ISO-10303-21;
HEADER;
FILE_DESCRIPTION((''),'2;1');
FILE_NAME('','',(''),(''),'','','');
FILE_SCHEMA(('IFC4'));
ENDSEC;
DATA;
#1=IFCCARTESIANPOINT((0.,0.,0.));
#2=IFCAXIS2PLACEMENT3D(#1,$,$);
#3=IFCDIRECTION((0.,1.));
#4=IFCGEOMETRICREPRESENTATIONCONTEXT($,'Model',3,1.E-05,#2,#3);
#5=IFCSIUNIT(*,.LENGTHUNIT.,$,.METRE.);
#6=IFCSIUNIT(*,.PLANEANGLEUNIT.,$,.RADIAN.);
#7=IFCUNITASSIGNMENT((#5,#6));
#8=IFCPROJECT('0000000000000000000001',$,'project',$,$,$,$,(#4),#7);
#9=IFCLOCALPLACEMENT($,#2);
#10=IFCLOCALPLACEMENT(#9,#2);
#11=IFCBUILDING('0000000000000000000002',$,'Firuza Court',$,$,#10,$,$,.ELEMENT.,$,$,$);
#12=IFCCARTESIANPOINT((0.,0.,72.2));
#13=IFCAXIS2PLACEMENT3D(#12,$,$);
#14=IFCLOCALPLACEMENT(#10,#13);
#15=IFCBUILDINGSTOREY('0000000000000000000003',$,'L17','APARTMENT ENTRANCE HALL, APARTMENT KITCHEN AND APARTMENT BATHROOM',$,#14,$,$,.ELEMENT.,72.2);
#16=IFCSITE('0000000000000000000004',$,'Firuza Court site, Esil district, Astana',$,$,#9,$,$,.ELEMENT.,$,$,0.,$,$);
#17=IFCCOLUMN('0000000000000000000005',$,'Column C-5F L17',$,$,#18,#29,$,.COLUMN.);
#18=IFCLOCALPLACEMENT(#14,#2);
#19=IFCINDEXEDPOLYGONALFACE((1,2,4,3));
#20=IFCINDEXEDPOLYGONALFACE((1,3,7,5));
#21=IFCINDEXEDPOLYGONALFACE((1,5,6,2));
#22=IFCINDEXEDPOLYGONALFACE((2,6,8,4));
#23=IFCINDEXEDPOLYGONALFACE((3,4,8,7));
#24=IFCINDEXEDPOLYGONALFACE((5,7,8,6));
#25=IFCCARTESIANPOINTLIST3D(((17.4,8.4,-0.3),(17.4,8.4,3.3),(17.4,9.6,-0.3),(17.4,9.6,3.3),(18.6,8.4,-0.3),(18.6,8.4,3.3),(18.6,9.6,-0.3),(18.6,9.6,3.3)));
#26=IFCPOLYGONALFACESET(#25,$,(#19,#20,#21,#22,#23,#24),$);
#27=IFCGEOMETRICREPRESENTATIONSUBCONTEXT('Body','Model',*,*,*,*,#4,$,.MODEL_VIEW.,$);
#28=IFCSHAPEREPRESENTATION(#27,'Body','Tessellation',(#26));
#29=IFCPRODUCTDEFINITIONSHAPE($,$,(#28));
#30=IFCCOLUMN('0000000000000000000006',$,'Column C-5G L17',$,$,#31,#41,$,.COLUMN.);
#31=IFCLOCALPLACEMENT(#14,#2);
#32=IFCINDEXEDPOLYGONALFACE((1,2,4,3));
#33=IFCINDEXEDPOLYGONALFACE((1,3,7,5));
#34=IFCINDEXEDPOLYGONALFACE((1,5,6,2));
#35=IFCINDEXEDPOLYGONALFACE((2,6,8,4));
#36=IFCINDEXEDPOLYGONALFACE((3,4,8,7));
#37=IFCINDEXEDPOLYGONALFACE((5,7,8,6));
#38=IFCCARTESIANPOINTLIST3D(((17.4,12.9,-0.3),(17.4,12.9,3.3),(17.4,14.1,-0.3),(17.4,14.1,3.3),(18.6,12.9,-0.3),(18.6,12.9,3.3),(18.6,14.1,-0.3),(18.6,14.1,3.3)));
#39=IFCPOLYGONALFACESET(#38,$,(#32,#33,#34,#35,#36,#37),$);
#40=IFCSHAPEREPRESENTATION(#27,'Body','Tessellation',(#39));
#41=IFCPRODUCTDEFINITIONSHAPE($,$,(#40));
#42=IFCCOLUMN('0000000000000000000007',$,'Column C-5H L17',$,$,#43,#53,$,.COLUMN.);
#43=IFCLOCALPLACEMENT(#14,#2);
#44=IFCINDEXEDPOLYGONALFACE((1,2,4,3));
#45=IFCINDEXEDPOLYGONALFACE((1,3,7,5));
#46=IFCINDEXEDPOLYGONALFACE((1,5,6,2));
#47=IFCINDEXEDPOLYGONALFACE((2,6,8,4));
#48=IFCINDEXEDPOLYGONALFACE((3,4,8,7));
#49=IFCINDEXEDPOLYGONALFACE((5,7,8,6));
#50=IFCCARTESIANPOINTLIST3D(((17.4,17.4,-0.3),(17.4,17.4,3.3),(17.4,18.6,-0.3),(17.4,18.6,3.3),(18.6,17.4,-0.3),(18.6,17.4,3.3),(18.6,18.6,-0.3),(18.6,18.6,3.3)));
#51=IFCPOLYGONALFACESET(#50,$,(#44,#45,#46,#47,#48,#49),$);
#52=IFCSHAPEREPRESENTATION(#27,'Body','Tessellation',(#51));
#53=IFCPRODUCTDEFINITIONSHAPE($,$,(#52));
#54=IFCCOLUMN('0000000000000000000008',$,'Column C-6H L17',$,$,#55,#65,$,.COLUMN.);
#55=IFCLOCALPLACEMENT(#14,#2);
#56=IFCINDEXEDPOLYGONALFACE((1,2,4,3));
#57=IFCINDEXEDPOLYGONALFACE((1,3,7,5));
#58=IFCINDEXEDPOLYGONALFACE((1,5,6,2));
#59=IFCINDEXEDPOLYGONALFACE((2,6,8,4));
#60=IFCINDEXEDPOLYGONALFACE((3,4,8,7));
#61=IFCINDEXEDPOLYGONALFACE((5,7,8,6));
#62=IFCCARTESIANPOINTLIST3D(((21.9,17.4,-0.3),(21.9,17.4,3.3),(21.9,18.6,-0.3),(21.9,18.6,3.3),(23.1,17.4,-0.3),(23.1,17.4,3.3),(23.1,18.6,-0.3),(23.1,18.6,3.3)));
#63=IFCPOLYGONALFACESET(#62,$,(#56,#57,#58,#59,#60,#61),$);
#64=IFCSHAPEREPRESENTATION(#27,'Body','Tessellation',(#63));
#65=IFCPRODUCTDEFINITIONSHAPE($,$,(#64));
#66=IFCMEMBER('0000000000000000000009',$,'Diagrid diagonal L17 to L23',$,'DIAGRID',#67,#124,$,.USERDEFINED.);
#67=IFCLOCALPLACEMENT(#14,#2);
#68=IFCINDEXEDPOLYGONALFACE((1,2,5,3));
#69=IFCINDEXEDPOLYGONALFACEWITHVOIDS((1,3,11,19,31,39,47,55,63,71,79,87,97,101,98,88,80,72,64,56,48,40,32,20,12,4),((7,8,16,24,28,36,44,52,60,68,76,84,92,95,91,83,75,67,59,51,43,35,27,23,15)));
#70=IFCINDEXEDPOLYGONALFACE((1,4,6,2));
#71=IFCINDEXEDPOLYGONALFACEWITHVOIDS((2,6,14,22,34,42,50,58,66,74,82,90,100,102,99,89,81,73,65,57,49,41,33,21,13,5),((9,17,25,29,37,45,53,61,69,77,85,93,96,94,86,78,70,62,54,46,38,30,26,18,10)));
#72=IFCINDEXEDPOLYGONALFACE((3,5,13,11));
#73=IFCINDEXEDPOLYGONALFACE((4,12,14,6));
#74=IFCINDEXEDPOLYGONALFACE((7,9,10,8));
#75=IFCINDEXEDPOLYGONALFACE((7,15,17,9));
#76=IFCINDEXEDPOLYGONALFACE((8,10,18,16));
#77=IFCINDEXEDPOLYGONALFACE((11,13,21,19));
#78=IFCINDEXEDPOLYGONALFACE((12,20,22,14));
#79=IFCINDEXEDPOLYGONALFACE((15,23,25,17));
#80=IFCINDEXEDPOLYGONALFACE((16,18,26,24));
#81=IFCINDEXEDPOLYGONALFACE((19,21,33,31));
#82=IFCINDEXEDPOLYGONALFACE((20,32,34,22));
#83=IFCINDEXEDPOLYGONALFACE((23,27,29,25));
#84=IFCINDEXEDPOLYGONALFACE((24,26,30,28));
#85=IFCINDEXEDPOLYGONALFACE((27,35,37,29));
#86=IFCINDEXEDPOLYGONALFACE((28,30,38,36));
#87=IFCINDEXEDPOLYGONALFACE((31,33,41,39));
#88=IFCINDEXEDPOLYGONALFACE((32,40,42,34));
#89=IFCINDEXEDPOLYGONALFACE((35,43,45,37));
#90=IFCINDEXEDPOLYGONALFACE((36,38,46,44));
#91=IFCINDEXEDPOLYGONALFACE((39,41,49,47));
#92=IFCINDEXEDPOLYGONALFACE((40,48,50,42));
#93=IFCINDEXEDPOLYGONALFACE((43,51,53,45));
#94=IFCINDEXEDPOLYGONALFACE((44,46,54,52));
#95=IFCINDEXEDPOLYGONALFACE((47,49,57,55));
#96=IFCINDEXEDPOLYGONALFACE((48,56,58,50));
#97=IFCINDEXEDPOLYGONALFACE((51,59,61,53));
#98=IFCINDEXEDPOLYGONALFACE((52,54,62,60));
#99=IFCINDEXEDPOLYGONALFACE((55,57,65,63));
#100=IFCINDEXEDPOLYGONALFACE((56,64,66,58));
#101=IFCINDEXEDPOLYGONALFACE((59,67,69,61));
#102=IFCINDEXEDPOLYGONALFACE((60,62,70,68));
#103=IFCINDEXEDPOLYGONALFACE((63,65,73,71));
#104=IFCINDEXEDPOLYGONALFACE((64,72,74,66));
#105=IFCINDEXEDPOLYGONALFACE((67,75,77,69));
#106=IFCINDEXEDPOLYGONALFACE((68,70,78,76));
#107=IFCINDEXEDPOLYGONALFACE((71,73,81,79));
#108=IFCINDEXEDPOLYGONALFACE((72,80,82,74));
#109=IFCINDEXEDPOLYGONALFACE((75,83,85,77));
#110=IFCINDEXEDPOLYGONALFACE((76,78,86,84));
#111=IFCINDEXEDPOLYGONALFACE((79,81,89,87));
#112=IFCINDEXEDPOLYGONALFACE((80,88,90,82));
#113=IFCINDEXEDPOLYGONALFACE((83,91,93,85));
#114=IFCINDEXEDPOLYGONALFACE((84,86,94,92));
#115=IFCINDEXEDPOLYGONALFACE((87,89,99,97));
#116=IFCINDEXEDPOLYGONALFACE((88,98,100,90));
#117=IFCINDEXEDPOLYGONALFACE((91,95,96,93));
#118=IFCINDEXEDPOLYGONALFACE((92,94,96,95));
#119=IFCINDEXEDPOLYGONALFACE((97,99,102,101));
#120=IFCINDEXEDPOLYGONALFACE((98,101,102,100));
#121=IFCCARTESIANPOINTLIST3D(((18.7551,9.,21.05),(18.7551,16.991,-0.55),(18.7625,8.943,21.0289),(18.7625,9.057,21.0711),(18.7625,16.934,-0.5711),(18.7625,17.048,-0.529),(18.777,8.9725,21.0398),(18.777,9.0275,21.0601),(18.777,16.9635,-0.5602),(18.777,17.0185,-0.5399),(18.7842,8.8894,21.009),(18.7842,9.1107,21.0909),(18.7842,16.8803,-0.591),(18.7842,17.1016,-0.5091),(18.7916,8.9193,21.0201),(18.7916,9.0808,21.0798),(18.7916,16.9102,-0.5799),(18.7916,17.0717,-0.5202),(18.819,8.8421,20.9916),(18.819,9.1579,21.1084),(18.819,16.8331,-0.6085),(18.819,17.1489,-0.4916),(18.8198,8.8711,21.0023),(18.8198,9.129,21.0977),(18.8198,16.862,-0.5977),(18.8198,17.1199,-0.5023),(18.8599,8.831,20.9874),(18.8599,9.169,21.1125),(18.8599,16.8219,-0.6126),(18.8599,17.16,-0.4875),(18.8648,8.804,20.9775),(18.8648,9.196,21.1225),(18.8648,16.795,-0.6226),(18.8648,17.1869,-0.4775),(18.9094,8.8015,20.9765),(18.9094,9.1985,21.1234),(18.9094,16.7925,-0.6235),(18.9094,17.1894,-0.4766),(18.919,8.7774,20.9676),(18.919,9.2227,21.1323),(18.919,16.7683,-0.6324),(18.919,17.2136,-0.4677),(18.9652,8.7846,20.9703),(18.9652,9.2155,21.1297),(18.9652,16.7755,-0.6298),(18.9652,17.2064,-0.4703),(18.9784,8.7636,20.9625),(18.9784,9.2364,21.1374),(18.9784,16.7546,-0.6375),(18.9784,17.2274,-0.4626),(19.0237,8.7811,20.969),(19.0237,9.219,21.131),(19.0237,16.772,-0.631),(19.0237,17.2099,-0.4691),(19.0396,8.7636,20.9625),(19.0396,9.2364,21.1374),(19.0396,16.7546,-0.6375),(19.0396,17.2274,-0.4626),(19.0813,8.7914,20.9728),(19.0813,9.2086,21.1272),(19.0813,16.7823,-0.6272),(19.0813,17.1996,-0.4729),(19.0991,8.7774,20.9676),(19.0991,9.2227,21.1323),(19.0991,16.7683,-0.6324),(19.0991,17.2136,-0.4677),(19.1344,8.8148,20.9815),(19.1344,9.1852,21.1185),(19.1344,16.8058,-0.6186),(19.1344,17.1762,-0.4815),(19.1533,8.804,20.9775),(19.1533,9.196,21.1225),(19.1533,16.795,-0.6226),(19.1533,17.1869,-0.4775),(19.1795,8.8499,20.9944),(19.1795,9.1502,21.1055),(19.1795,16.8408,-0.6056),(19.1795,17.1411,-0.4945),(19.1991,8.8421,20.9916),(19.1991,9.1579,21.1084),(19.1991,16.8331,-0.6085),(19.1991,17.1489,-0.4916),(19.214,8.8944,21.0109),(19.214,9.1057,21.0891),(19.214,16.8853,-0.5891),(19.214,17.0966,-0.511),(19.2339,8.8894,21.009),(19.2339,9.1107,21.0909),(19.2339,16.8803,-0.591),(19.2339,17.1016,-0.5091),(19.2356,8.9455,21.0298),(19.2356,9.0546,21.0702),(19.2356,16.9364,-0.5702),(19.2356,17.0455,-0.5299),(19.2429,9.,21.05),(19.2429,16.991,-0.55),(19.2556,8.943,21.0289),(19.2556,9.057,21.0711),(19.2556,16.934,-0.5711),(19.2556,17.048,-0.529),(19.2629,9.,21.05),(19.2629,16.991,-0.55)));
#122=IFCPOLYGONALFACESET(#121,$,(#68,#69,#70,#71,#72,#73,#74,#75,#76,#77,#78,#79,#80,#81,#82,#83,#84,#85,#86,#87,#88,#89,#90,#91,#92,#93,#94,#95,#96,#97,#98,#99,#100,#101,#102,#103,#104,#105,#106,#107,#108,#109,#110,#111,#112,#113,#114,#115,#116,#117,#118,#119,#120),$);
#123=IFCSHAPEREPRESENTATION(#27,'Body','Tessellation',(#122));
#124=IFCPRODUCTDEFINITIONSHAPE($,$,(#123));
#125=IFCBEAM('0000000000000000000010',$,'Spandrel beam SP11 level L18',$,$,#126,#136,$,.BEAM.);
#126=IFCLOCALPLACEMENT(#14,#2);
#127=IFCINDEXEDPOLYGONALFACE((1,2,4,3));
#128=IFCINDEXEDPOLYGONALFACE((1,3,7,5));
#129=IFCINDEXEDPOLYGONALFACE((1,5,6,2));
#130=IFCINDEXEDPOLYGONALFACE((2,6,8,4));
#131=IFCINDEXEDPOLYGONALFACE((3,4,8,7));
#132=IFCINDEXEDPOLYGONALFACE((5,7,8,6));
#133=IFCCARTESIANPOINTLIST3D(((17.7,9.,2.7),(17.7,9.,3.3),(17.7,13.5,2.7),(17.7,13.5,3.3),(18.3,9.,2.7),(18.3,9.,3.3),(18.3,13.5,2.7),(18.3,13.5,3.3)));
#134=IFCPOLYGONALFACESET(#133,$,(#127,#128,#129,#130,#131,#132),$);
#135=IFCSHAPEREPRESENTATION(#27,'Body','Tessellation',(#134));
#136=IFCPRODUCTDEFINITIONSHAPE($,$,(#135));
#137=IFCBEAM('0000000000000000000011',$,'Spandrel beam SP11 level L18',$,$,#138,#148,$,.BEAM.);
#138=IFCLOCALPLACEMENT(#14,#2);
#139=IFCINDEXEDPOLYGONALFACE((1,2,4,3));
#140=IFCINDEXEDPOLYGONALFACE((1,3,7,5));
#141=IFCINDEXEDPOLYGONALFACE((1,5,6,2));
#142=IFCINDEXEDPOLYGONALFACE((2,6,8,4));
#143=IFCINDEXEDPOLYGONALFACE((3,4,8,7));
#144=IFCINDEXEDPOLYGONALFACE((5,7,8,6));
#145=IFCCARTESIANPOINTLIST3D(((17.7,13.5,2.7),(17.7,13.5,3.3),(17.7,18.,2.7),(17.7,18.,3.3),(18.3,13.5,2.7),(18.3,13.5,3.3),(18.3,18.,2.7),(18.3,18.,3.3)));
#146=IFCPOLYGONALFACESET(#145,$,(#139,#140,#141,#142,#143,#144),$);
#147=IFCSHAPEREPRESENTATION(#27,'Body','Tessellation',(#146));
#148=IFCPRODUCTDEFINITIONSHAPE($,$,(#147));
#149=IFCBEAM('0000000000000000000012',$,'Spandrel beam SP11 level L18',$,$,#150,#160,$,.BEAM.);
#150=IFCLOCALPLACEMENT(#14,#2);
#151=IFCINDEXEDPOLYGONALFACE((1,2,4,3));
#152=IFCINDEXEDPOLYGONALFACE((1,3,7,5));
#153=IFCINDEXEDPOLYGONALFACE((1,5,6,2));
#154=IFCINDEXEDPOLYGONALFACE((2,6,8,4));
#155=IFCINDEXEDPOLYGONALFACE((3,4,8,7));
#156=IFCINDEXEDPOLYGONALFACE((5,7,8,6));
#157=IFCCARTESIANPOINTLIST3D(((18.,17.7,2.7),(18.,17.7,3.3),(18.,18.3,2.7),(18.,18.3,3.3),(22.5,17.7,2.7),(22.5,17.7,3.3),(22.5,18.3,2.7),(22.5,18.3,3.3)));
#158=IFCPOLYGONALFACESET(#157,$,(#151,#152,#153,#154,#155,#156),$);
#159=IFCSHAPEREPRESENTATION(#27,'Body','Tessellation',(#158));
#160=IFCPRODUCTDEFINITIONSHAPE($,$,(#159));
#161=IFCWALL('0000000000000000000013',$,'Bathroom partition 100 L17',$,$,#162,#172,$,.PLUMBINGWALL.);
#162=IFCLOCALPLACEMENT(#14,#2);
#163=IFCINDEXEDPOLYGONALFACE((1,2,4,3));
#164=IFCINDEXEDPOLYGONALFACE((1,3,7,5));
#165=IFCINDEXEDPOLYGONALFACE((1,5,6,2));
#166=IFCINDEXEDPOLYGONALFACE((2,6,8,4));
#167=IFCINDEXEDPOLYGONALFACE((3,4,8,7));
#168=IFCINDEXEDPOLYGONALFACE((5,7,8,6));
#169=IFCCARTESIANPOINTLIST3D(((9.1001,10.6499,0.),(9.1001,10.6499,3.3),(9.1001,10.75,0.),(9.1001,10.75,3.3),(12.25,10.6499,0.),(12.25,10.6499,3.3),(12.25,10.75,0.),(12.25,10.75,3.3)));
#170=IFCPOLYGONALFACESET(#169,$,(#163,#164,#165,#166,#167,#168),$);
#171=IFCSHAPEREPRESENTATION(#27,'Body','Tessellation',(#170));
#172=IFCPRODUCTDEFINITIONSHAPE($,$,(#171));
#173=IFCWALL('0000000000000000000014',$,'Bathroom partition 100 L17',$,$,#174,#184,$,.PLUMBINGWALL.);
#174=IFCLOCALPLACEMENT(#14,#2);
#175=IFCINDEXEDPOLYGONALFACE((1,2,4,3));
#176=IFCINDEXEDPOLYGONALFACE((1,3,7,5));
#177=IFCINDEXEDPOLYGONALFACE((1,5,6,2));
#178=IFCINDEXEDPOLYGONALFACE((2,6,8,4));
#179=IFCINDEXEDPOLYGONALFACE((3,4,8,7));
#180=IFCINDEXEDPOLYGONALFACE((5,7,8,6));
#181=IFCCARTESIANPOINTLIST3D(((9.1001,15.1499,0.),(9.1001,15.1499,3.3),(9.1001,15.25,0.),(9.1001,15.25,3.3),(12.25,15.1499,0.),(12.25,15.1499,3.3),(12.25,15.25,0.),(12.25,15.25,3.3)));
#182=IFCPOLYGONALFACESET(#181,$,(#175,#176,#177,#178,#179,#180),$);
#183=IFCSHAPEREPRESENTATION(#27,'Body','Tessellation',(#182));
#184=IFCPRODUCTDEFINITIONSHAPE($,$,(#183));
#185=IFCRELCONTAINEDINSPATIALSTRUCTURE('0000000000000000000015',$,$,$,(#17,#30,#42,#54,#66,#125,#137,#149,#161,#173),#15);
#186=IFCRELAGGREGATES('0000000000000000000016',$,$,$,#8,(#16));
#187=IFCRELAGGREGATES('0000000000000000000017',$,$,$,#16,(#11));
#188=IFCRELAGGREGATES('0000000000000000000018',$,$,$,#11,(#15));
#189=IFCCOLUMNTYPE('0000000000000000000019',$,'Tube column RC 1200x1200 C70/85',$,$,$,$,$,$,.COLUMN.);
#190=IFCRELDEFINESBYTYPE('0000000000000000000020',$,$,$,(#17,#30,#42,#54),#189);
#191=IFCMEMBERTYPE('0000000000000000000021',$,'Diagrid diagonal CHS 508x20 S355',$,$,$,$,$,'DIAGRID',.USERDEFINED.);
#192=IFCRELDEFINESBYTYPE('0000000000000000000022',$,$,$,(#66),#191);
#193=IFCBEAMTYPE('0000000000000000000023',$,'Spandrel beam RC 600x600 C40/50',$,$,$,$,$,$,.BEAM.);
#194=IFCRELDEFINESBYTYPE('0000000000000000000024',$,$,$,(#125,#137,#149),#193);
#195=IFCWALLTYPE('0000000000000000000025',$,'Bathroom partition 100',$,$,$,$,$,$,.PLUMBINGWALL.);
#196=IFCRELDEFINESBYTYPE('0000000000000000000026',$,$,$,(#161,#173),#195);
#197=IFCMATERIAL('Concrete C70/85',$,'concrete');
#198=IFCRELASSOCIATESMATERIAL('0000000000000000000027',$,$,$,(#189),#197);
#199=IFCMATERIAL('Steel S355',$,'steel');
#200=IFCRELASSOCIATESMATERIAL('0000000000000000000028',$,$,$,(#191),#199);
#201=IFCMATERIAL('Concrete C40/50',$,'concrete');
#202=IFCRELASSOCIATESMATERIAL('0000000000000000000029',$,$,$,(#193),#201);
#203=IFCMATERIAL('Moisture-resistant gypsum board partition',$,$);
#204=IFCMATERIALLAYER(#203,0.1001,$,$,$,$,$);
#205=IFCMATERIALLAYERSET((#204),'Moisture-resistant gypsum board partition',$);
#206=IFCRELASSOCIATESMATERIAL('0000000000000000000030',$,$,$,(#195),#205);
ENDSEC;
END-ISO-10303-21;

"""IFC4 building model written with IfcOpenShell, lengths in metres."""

from ifc_helpers import new_model, si_unit, direction, frame, frame_2d, origin, origin_2d, place, context, subcontext, project, spatial, rectangle, hollow_circle, extrude, material, layer, layer_set, material_profile, profile_set, type_object, element, save


model = new_model("IFC4")

# Units and contexts
model_context = context("Model", 3, precision=1e-05, world=origin(), true_north=direction((0.0, 1.0)))
body_context = subcontext(model_context, "Body", "Model", "MODEL_VIEW")
ifc_project = project(units=[si_unit("LENGTHUNIT", "METRE"), si_unit("PLANEANGLEUNIT", "RADIAN")], contexts=[model_context])

# Site, building, storey
site_placement = place(None, origin())
site = spatial("IfcSite", under=ifc_project, at=site_placement, Name="Firuza Court site, Esil district, Astana", CompositionType="ELEMENT", RefElevation=0.0)
building_placement = place(site_placement, origin())
building = spatial("IfcBuilding", under=site, at=building_placement, Name="Firuza Court", CompositionType="ELEMENT")
storey_placement = place(building_placement, frame((0.0, 0.0, 72.2)))
storey = spatial("IfcBuildingStorey", under=building, at=storey_placement, Name="L17", Description="APARTMENT ENTRANCE HALL, APARTMENT KITCHEN AND APARTMENT BATHROOM", CompositionType="ELEMENT", Elevation=72.2)

# Columns
ifc_material_1 = material(Name="Concrete C70/85", Category="concrete")
ifc_material_profile_1 = material_profile(ifc_material_1, rectangle(XDim=1.2, YDim=1.2, at=origin_2d()), Name="RC 1200x1200")
ifc_profile_set_1 = profile_set([ifc_material_profile_1], Name="Concrete C70/85")
column_type = type_object("IfcColumnType", Name="Tube column RC 1200x1200 C70/85", PredefinedType="COLUMN", material=ifc_profile_set_1)
for number, where, z_axis, x_axis, name in (
    (1, (18.0, 9.0, -0.3), (0.0, 0.0, 1.0), (1.0, 0.0, 0.0), "Column C-5F L17"),
    (2, (18.0, 13.5, -0.3), (0.0, 0.0, 1.0), (1.0, 0.0, 0.0), "Column C-5G L17"),
    (3, (18.0, 18.0, -0.3), (0.0, 0.0, 1.0), (1.0, 0.0, 0.0), "Column C-5H L17"),
    (4, (22.5, 18.0, -0.3), (0.0, 0.0, 1.0), (1.0, 0.0, 0.0), "Column C-6H L17"),
):
    element("IfcColumn", number, at=place(storey_placement, frame(where, z_axis=z_axis, x_axis=x_axis)), inside=storey, type_object=column_type, Name=name, PredefinedType="COLUMN", context=body_context, shape_type="SweptSolid", body=[
        extrude(rectangle(XDim=1.2, YDim=1.2, at=origin_2d()), origin(), (0.0, 0.0, 1.0), 3.6001),
    ])

# Member
ifc_material_2 = material(Name="Steel S355", Category="steel")
ifc_material_profile_2 = material_profile(ifc_material_2, hollow_circle(Radius=0.2539, WallThickness=0.02, at=origin_2d()), Name="CHS 508x20")
ifc_profile_set_2 = profile_set([ifc_material_profile_2], Name="Steel S355")
member_type = type_object("IfcMemberType", Name="Diagrid diagonal CHS 508x20 S355", ElementType="DIAGRID", PredefinedType="USERDEFINED", material=ifc_profile_set_2)
member_placement = place(storey_placement, frame((19.009, 16.991, -0.55), z_axis=(0.0, -0.346968, 0.937877), x_axis=(1.0, 0.0, 0.0)))
element("IfcMember", 5, at=member_placement, inside=storey, type_object=member_type, Name="Diagrid diagonal L17 to L23", ObjectType="DIAGRID", PredefinedType="USERDEFINED", context=body_context, shape_type="SweptSolid", body=[
    extrude(hollow_circle(Radius=0.2539, WallThickness=0.02, at=origin_2d()), origin(), (0.0, 0.0, 1.0), 23.0308),
])

# Beams
ifc_material_3 = material(Name="Concrete C40/50", Category="concrete")
ifc_material_profile_3 = material_profile(ifc_material_3, rectangle(XDim=0.6001, YDim=0.6001, at=origin_2d()), Name="RC 600x600")
ifc_profile_set_3 = profile_set([ifc_material_profile_3], Name="Concrete C40/50")
beam_type = type_object("IfcBeamType", Name="Spandrel beam RC 600x600 C40/50", PredefinedType="BEAM", material=ifc_profile_set_3)
for number, where, z_axis, x_axis, name in (
    (6, (18.0, 9.0, 3.0), (0.0, 1.0, 0.0), (-1.0, 0.0, 0.0), "Spandrel beam SP11 level L18"),
    (7, (18.0, 13.5, 3.0), (0.0, 1.0, 0.0), (-1.0, 0.0, 0.0), "Spandrel beam SP11 level L18"),
    (8, (18.0, 18.0, 3.0), (1.0, 0.0, 0.0), (0.0, 1.0, 0.0), "Spandrel beam SP11 level L18"),
):
    element("IfcBeam", number, at=place(storey_placement, frame(where, z_axis=z_axis, x_axis=x_axis)), inside=storey, type_object=beam_type, Name=name, PredefinedType="BEAM", context=body_context, shape_type="SweptSolid", body=[
        extrude(rectangle(XDim=0.6001, YDim=0.6001, at=origin_2d()), origin(), (0.0, 0.0, 1.0), 4.5),
    ])

# Walls
ifc_material_4 = material(Name="Moisture-resistant gypsum board partition")
ifc_layer_1 = layer(ifc_material_4, 0.1001)
ifc_layer_set_1 = layer_set([ifc_layer_1], Name="Moisture-resistant gypsum board partition")
wall_type_1 = type_object("IfcWallType", Name="Bathroom partition 100", PredefinedType="PLUMBINGWALL", material=ifc_layer_set_1)
for number, where, z_axis, x_axis, name in (
    (9, (9.1001, 10.7, 0.0), (0.0, 0.0, 1.0), (1.0, 0.0, 0.0), "Bathroom partition 100 L17"),
    (10, (9.1001, 15.2, 0.0), (0.0, 0.0, 1.0), (1.0, 0.0, 0.0), "Bathroom partition 100 L17"),
):
    element("IfcWall", number, at=place(storey_placement, frame(where, z_axis=z_axis, x_axis=x_axis)), inside=storey, type_object=wall_type_1, Name=name, PredefinedType="PLUMBINGWALL", context=body_context, shape_type="SweptSolid", body=[
        extrude(rectangle(XDim=3.1499, YDim=0.1001, at=frame_2d((1.575, 0.0))), origin(), (0.0, 0.0, 1.0), 3.3),
    ])

save(model, "model.ifc")
